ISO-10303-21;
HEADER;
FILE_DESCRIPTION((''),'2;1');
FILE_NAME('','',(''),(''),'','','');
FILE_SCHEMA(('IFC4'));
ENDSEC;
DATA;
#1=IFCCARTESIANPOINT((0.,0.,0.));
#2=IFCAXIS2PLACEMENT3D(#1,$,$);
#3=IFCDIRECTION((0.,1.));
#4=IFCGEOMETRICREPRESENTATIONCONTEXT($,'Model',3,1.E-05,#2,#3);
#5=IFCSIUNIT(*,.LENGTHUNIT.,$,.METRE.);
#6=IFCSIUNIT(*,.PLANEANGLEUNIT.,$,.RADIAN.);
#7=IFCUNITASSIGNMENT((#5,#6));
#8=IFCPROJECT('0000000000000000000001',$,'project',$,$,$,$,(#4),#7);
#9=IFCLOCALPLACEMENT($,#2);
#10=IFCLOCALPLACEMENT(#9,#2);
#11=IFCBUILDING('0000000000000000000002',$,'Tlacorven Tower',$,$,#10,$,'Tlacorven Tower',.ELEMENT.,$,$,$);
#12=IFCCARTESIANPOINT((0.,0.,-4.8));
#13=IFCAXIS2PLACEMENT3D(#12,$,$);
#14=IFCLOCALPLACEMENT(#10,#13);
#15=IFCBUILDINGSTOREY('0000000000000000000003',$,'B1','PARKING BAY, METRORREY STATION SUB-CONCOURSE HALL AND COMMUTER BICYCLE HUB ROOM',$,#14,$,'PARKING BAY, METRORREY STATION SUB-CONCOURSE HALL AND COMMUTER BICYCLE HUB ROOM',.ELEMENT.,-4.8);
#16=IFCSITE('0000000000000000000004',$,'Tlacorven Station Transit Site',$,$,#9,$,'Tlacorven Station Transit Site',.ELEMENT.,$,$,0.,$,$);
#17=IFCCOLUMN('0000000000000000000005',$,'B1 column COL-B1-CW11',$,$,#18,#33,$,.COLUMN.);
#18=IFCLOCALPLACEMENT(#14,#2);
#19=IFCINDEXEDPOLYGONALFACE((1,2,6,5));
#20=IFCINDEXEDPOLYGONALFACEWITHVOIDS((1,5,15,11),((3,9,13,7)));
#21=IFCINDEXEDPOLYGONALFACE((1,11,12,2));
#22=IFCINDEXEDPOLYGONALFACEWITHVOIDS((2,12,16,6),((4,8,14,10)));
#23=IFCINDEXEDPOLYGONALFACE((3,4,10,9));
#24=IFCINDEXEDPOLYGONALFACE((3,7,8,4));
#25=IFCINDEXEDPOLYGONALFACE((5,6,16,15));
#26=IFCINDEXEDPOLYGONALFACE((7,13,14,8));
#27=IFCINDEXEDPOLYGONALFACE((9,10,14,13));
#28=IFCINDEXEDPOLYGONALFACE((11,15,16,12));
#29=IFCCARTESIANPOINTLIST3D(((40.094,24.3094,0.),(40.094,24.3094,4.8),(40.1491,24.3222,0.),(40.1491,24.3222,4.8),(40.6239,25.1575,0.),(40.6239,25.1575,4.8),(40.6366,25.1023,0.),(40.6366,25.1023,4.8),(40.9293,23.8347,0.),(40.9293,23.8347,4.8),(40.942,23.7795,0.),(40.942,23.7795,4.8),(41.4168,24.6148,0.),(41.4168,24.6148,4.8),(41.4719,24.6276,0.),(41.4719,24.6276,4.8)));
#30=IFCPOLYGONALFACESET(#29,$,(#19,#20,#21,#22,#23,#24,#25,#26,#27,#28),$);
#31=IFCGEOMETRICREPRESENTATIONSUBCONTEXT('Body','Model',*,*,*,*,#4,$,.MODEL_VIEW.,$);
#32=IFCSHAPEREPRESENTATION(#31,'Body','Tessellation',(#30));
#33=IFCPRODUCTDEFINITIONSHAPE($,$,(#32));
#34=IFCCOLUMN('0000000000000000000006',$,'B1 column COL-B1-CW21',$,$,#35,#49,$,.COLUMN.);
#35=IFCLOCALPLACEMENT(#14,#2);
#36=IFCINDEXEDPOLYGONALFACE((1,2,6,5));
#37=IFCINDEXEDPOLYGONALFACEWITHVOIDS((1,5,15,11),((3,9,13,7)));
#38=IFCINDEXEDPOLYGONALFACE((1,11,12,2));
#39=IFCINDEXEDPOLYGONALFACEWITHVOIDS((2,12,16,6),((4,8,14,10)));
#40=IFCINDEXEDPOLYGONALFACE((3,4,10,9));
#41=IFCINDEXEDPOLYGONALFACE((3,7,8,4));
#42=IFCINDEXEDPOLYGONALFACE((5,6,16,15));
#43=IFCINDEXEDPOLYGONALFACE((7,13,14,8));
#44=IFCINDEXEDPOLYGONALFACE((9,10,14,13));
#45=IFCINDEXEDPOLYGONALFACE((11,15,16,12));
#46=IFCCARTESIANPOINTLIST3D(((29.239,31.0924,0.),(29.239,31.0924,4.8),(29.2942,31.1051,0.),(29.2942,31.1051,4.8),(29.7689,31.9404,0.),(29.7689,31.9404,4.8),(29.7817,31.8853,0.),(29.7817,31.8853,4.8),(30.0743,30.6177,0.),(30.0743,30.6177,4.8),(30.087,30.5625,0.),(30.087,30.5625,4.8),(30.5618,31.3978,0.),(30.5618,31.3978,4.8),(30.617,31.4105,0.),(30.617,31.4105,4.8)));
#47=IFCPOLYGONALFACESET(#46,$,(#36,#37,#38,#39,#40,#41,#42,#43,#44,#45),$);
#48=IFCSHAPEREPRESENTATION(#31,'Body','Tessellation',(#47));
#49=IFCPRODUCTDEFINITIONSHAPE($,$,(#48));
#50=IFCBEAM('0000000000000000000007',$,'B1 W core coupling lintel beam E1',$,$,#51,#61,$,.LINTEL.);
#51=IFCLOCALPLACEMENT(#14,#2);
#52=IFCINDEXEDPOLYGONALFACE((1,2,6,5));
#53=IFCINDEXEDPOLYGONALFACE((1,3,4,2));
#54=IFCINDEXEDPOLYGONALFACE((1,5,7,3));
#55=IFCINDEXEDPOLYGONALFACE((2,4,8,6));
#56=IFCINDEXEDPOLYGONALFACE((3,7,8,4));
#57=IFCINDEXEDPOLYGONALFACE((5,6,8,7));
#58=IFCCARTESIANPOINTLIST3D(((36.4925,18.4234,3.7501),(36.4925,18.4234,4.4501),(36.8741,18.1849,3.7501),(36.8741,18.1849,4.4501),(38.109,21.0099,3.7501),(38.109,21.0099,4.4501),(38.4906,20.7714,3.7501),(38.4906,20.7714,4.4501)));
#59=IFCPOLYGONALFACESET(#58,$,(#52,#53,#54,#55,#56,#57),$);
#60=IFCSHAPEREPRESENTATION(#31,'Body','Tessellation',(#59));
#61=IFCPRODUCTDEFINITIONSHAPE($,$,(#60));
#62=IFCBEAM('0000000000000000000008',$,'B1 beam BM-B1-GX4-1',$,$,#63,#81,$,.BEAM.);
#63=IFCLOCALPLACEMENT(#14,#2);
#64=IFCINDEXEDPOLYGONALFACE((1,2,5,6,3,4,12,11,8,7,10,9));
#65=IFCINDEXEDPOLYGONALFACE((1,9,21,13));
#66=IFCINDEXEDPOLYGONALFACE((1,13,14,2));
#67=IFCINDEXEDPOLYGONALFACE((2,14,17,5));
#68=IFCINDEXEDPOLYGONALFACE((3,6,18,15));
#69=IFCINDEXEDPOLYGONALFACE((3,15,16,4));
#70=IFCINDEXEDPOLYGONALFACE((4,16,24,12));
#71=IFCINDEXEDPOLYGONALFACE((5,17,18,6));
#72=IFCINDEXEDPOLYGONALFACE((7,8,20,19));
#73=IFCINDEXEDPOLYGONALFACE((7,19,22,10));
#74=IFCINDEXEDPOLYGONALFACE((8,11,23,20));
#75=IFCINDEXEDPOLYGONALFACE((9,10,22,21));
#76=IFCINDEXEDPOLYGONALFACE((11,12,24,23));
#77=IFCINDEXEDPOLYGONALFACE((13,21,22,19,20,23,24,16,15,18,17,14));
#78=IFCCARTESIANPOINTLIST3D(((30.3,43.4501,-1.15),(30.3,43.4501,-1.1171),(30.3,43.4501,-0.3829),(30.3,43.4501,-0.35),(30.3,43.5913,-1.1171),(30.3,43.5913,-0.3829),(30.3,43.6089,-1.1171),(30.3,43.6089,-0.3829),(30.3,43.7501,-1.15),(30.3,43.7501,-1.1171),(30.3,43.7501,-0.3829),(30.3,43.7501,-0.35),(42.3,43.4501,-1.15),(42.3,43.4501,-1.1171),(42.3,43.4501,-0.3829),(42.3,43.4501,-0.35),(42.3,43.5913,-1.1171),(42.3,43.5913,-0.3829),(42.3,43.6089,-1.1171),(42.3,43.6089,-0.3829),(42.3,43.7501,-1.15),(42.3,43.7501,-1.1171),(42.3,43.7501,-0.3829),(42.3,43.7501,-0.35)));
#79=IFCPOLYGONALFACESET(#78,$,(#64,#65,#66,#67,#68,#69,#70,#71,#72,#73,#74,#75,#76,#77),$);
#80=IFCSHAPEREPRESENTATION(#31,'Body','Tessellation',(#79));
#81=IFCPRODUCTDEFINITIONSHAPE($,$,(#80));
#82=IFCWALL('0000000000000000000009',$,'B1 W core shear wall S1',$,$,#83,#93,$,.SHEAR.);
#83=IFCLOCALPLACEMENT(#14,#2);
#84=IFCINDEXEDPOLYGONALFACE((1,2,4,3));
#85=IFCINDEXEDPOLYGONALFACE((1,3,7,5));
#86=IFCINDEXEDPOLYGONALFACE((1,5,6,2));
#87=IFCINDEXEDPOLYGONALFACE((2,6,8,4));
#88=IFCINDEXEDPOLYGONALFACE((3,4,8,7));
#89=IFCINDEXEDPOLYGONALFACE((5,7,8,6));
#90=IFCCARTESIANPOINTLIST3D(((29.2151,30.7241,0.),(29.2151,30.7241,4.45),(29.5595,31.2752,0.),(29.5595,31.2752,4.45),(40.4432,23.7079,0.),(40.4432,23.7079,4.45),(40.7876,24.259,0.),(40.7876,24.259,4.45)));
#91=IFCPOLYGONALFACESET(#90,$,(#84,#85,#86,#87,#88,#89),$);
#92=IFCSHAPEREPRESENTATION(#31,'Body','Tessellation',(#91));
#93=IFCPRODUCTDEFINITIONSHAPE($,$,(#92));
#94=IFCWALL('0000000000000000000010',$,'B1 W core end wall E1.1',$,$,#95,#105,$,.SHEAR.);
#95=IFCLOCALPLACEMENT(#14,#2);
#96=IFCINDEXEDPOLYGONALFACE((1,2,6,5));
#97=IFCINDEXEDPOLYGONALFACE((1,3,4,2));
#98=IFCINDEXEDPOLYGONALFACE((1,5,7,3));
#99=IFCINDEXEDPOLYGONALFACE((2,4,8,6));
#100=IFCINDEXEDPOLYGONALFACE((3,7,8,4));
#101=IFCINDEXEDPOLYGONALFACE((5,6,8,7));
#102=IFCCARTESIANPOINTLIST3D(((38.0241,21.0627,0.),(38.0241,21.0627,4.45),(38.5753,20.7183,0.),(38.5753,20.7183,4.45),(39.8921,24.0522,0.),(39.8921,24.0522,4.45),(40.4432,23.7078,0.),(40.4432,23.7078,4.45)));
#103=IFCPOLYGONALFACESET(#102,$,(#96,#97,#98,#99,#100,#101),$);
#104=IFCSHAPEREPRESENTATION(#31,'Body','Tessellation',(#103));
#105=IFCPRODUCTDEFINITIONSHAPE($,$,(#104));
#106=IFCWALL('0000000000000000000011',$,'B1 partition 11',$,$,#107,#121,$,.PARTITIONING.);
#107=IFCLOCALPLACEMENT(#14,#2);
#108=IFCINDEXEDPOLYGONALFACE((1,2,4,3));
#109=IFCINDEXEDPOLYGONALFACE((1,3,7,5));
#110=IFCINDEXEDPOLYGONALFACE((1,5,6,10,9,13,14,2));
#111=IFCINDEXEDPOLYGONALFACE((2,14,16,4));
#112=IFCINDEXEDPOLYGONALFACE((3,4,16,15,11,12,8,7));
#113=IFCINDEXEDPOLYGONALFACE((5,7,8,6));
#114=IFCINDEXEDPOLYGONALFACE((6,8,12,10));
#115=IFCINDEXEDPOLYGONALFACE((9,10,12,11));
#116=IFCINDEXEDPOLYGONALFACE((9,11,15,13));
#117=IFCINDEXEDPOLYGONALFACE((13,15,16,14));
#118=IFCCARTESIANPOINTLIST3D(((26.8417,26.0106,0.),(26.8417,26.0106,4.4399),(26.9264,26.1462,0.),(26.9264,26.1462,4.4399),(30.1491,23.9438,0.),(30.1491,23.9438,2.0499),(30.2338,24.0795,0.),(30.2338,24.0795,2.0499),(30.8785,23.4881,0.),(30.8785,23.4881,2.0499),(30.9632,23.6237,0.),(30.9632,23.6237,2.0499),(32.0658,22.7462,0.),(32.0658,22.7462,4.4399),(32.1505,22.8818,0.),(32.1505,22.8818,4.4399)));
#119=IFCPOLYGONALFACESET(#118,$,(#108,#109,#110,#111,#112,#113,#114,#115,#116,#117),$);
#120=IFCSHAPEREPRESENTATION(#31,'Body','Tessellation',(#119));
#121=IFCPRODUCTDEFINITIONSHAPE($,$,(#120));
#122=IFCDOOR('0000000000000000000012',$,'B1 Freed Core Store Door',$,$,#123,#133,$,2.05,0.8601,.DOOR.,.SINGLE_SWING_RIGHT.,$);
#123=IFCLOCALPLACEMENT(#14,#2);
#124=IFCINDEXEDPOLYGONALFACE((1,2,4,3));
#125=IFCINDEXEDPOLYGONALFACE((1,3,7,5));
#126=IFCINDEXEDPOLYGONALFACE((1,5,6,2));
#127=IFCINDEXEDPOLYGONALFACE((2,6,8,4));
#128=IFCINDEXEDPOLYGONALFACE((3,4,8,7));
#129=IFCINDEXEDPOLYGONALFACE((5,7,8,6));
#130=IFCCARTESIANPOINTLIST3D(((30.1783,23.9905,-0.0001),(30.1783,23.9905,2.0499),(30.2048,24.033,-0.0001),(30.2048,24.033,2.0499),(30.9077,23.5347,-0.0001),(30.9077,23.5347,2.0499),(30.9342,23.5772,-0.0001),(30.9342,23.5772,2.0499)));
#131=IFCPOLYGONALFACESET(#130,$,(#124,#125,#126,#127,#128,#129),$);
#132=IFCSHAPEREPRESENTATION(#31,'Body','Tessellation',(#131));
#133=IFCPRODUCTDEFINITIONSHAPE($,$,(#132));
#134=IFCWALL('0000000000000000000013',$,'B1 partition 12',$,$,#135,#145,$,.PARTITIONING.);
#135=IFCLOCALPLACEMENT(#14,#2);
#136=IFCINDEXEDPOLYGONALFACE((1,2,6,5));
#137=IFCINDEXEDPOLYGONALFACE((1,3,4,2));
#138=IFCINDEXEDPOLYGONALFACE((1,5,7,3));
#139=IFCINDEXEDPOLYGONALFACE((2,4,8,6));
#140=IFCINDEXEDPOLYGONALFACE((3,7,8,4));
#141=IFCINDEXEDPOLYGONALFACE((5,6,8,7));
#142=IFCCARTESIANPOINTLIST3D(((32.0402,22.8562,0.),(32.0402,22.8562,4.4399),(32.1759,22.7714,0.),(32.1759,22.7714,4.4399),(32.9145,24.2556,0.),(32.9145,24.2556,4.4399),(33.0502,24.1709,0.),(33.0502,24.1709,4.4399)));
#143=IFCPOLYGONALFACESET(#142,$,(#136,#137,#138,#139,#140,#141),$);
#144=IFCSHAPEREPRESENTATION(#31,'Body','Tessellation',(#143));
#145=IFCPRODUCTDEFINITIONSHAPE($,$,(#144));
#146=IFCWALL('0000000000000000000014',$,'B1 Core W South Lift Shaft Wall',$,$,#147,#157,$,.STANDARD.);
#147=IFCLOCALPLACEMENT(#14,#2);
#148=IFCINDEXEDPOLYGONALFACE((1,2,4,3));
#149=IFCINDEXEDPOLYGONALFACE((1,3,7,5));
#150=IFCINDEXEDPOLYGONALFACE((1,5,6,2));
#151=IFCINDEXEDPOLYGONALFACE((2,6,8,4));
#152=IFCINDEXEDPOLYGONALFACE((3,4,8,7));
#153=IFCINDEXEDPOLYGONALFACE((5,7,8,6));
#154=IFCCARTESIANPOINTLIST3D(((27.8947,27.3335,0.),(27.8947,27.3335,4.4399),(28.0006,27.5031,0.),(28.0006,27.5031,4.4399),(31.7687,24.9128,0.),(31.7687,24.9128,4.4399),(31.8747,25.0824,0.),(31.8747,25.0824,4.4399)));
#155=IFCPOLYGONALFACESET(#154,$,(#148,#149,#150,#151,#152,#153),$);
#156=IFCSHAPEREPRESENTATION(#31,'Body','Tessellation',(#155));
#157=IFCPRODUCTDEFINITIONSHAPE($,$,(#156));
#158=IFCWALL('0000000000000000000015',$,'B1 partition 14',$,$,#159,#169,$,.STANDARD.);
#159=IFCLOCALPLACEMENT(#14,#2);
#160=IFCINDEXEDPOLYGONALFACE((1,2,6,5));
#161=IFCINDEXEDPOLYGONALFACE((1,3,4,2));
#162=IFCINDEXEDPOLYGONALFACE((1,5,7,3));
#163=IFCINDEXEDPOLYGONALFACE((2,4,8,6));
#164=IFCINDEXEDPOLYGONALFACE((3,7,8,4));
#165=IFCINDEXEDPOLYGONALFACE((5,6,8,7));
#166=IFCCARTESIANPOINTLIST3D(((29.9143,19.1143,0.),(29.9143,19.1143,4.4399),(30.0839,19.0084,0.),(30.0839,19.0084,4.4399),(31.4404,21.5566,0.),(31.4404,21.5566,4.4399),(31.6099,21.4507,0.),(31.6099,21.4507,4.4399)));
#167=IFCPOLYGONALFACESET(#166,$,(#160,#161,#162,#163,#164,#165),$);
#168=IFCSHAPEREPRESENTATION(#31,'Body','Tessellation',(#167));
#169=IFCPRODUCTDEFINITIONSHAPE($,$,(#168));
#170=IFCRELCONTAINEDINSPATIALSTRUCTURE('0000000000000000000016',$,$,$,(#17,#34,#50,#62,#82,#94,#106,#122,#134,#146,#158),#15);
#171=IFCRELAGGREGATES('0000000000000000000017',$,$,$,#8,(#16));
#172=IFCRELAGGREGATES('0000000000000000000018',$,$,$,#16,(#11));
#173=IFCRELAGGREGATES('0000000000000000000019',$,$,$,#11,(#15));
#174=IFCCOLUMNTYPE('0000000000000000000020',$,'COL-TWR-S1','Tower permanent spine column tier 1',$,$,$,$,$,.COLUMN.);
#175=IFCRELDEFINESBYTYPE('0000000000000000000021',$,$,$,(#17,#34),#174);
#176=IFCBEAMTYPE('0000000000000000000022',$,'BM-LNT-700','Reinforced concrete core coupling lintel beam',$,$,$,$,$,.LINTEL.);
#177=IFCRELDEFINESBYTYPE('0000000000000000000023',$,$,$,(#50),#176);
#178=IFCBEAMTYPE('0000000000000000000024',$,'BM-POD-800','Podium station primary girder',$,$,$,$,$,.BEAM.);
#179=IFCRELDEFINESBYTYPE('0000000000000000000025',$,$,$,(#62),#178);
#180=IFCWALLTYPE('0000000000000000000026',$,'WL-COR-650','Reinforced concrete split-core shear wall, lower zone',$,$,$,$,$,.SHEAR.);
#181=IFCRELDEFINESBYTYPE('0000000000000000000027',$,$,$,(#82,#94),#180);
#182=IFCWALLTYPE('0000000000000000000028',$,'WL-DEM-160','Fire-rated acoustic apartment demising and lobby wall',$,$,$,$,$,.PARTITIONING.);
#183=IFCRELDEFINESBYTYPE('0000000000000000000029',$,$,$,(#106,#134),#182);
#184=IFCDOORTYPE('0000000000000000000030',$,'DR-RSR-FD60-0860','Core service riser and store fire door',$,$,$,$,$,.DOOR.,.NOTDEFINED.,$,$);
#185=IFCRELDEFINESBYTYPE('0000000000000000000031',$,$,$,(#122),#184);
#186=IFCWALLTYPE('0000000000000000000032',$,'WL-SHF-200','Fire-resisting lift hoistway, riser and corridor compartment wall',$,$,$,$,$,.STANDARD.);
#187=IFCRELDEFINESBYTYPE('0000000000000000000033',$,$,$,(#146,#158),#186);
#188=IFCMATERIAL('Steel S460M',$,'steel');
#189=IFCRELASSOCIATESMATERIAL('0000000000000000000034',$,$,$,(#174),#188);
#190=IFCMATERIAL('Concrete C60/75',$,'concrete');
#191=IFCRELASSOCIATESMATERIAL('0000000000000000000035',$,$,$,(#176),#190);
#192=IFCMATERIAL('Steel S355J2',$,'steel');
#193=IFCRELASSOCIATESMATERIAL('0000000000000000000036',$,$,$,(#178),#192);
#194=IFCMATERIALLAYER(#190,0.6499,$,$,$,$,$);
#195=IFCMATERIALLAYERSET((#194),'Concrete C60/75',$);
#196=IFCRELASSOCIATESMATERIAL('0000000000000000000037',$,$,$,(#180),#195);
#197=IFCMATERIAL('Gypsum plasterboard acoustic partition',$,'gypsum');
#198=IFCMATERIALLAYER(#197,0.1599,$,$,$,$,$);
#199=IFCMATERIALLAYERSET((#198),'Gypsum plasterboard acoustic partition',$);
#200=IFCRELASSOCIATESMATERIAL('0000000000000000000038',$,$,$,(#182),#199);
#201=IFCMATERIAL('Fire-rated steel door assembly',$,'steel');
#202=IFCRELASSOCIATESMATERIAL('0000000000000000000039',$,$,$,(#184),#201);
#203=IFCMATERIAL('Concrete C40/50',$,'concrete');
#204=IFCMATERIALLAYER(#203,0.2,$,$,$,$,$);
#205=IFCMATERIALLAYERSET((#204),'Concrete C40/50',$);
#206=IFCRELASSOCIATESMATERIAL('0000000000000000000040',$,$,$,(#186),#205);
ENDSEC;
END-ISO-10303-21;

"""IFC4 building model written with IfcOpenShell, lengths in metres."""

from ifc_helpers import new_model, si_unit, direction, frame, frame_2d, origin, origin_2d, place, context, subcontext, project, spatial, rectangle, hollow_rectangle, i_section, extrude, source, transform, mapped, material, layer, layer_set, material_profile, profile_set, type_object, element, fill, save


model = new_model("IFC4")

# Units and contexts
model_context = context("Model", 3, precision=1e-05, world=origin(), true_north=direction((0.0, 1.0)))
body_context = subcontext(model_context, "Body", "Model", "MODEL_VIEW")
ifc_project = project(units=[si_unit("LENGTHUNIT", "METRE"), si_unit("PLANEANGLEUNIT", "RADIAN")], contexts=[model_context])

# Site, building, storey
site_placement = place(None, origin())
site = spatial("IfcSite", under=ifc_project, at=site_placement, Name="Tlacorven Station Transit Site", LongName="Tlacorven Station Transit Site", CompositionType="ELEMENT", RefElevation=0.0)
building_placement = place(site_placement, origin())
building = spatial("IfcBuilding", under=site, at=building_placement, Name="Tlacorven Tower", LongName="Tlacorven Tower", CompositionType="ELEMENT")
storey_placement = place(building_placement, frame((0.0, 0.0, -4.8)))
storey = spatial("IfcBuildingStorey", under=building, at=storey_placement, Name="B1", Description="PARKING BAY, METRORREY STATION SUB-CONCOURSE HALL AND COMMUTER BICYCLE HUB ROOM", LongName="PARKING BAY, METRORREY STATION SUB-CONCOURSE HALL AND COMMUTER BICYCLE HUB ROOM", CompositionType="ELEMENT", Elevation=-4.8)

# Columns
ifc_material_1 = material(Name="Steel S460M", Category="steel")
ifc_material_profile_1 = material_profile(ifc_material_1, hollow_rectangle(XDim=1.0, YDim=1.0, WallThickness=0.04, at=origin_2d()), Name="BOX 1000X1000X40")
ifc_profile_set_1 = profile_set([ifc_material_profile_1], Name="Steel S460M")
column_type = type_object("IfcColumnType", Name="COL-TWR-S1", Description="Tower permanent spine column tier 1", PredefinedType="COLUMN", material=ifc_profile_set_1)
shared_shape_1 = source(origin(), body_context, "Body", "SweptSolid", [
    extrude(hollow_rectangle(XDim=1.0, YDim=1.0, WallThickness=0.04, at=origin_2d()), origin(), (0.0, 0.0, 1.0), 4.8),
])
for number, where, z_axis, x_axis, name in (
    (1, (40.783, 24.4685, 0.0), (0.0, 0.0, 1.0), (-0.848048, 0.529919, 0.0), "B1 column COL-B1-CW11"),
    (2, (29.928, 31.2515, 0.0), (0.0, 0.0, 1.0), (-0.848048, 0.529919, 0.0), "B1 column COL-B1-CW21"),
):
    element("IfcColumn", number, at=place(storey_placement, frame(where, z_axis=z_axis, x_axis=x_axis)), inside=storey, type_object=column_type, Name=name, PredefinedType="COLUMN", context=body_context, shape_type="MappedRepresentation", body=[
        mapped(shared_shape_1, transform((0.0, 0.0, 0.0), scale=1.0)),
    ])

# Beams
ifc_material_2 = material(Name="Concrete C60/75", Category="concrete")
ifc_material_profile_2 = material_profile(ifc_material_2, rectangle(XDim=0.45, YDim=0.7, at=origin_2d()), Name="RC 450X700")
ifc_profile_set_2 = profile_set([ifc_material_profile_2], Name="Concrete C60/75")
beam_type_1 = type_object("IfcBeamType", Name="BM-LNT-700", Description="Reinforced concrete core coupling lintel beam", PredefinedType="LINTEL", material=ifc_profile_set_2)
shared_shape_2 = source(origin(), body_context, "Body", "SweptSolid", [
    extrude(rectangle(XDim=0.45, YDim=0.7, at=origin_2d()), origin(), (0.0, 0.0, 1.0), 3.05),
])
beam_1_placement = place(storey_placement, frame((38.2998, 20.8906, 4.1001), z_axis=(-0.529985, -0.848007, 0.0), x_axis=(0.848007, -0.529985, 0.0)))
element("IfcBeam", 3, at=beam_1_placement, inside=storey, type_object=beam_type_1, Name="B1 W core coupling lintel beam E1", PredefinedType="LINTEL", context=body_context, shape_type="MappedRepresentation", body=[
    mapped(shared_shape_2, transform((0.0, 0.0, 0.0), scale=1.0)),
])
ifc_material_3 = material(Name="Steel S355J2", Category="steel")
ifc_material_profile_3 = material_profile(ifc_material_3, i_section(OverallWidth=0.3, OverallDepth=0.8, WebThickness=0.0176, FlangeThickness=0.033, at=origin_2d()), Name="HEB 800")
ifc_profile_set_3 = profile_set([ifc_material_profile_3], Name="Steel S355J2")
beam_type_2 = type_object("IfcBeamType", Name="BM-POD-800", Description="Podium station primary girder", PredefinedType="BEAM", material=ifc_profile_set_3)
shared_shape_3 = source(origin(), body_context, "Body", "SweptSolid", [
    extrude(i_section(OverallWidth=0.3, OverallDepth=0.8, WebThickness=0.0176, FlangeThickness=0.033, at=origin_2d()), origin(), (0.0, 0.0, 1.0), 12.0),
])
beam_2_placement = place(storey_placement, frame((30.3, 43.6001, -0.75), z_axis=(1.0, 0.0, 0.0), x_axis=(0.0, 1.0, 0.0)))
element("IfcBeam", 4, at=beam_2_placement, inside=storey, type_object=beam_type_2, Name="B1 beam BM-B1-GX4-1", PredefinedType="BEAM", context=body_context, shape_type="MappedRepresentation", body=[
    mapped(shared_shape_3, transform((0.0, 0.0, 0.0), scale=1.0)),
])

# Walls
ifc_layer_1 = layer(ifc_material_2, 0.6499)
ifc_layer_set_1 = layer_set([ifc_layer_1], Name="Concrete C60/75")
wall_type_1 = type_object("IfcWallType", Name="WL-COR-650", Description="Reinforced concrete split-core shear wall, lower zone", PredefinedType="SHEAR", material=ifc_layer_set_1)
wall_1_placement = place(storey_placement, frame((40.6155, 23.9834, 0.0), z_axis=(0.0, 0.0, 1.0), x_axis=(-0.848046, 0.529923, 0.0)))
element("IfcWall", 5, at=wall_1_placement, inside=storey, type_object=wall_type_1, Name="B1 W core shear wall S1", PredefinedType="SHEAR", context=body_context, shape_type="SweptSolid", body=[
    extrude(rectangle(XDim=13.24, YDim=0.6499, at=frame_2d((6.6201, 0.0))), origin(), (0.0, 0.0, 1.0), 4.45),
])
wall_2_placement = place(storey_placement, frame((40.1677, 23.8801, 0.0), z_axis=(0.0, 0.0, 1.0), x_axis=(-0.529893, -0.848064, 0.0)))
element("IfcWall", 6, at=wall_2_placement, inside=storey, type_object=wall_type_1, Name="B1 W core end wall E1.1", PredefinedType="SHEAR", context=body_context, shape_type="SweptSolid", body=[
    extrude(rectangle(XDim=3.5251, YDim=0.6499, at=frame_2d((1.7627, 0.0))), origin(), (0.0, 0.0, 1.0), 4.45),
])

# Wall, opening, door
ifc_material_4 = material(Name="Gypsum plasterboard acoustic partition", Category="gypsum")
ifc_layer_2 = layer(ifc_material_4, 0.1599)
ifc_layer_set_2 = layer_set([ifc_layer_2], Name="Gypsum plasterboard acoustic partition")
wall_type_2 = type_object("IfcWallType", Name="WL-DEM-160", Description="Fire-rated acoustic apartment demising and lobby wall", PredefinedType="PARTITIONING", material=ifc_layer_set_2)
wall_3_placement = place(storey_placement, frame((32.1082, 22.814, 0.0), z_axis=(0.0, 0.0, 1.0), x_axis=(-0.848047, 0.529921, 0.0)))
wall_3 = element("IfcWall", 7, at=wall_3_placement, inside=storey, type_object=wall_type_2, Name="B1 partition 11", PredefinedType="PARTITIONING", context=body_context, shape_type="SweptSolid", body=[
    extrude(rectangle(XDim=6.1602, YDim=0.1599, at=frame_2d((3.0801, 0.0))), origin(), (0.0, 0.0, 1.0), 4.4399),
])
opening_1_placement = place(wall_3_placement, frame((1.3999, 0.0, 0.0)))
opening_1 = element("IfcOpeningElement", 8, at=opening_1_placement, cuts=wall_3, PredefinedType="OPENING", context=body_context, shape_type="SweptSolid", body=[
    extrude(rectangle(XDim=0.8601, YDim=2.05, at=frame_2d((0.4302, 1.0249))), frame((0.0, 0.0898, 0.0), z_axis=(0.0, -1.0, 0.0), x_axis=(1.0, 0.0, 0.0)), (0.0, 0.0, 1.0), 0.1799),
])
ifc_material_5 = material(Name="Fire-rated steel door assembly", Category="steel")
door_type_1 = type_object("IfcDoorType", Name="DR-RSR-FD60-0860", Description="Core service riser and store fire door", OperationType="NOTDEFINED", PredefinedType="DOOR", material=ifc_material_5)
shared_shape_4 = source(origin(), body_context, "Body", "SweptSolid", [
    extrude(rectangle(XDim=0.8601, YDim=2.05, at=frame_2d((0.4302, 1.0249))), frame((0.0, 0.0249, 0.0), z_axis=(0.0, -1.0, 0.0), x_axis=(1.0, 0.0, 0.0)), (0.0, 0.0, 1.0), 0.05),
])
door_1_placement = place(opening_1_placement, origin())
door_1 = element("IfcDoor", 9, at=door_1_placement, inside=storey, type_object=door_type_1, Name="B1 Freed Core Store Door", OperationType="SINGLE_SWING_RIGHT", OverallHeight=2.05, OverallWidth=0.8601, PredefinedType="DOOR", context=body_context, shape_type="MappedRepresentation", body=[
    mapped(shared_shape_4, transform((0.0, 0.0, 0.0), scale=1.0)),
])
fill(opening_1, door_1)

# Walls
wall_4_placement = place(storey_placement, frame((32.9824, 24.2134, 0.0), z_axis=(0.0, 0.0, 1.0), x_axis=(-0.529839, -0.848098, 0.0)))
element("IfcWall", 10, at=wall_4_placement, inside=storey, type_object=wall_type_2, Name="B1 partition 12", PredefinedType="PARTITIONING", context=body_context, shape_type="SweptSolid", body=[
    extrude(rectangle(XDim=1.6501, YDim=0.1599, at=frame_2d((0.8252, 0.0))), origin(), (0.0, 0.0, 1.0), 4.4399),
])
ifc_material_6 = material(Name="Concrete C40/50", Category="concrete")
ifc_layer_3 = layer(ifc_material_6, 0.2)
ifc_layer_set_3 = layer_set([ifc_layer_3], Name="Concrete C40/50")
wall_type_3 = type_object("IfcWallType", Name="WL-SHF-200", Description="Fire-resisting lift hoistway, riser and corridor compartment wall", PredefinedType="STANDARD", material=ifc_layer_set_3)
wall_5_placement = place(storey_placement, frame((31.8218, 24.9976, 0.0), z_axis=(0.0, 0.0, 1.0), x_axis=(-0.848058, 0.529903, 0.0)))
element("IfcWall", 11, at=wall_5_placement, inside=storey, type_object=wall_type_3, Name="B1 Core W South Lift Shaft Wall", PredefinedType="STANDARD", context=body_context, shape_type="SweptSolid", body=[
    extrude(rectangle(XDim=4.5681, YDim=0.2, at=frame_2d((2.2842, 0.0))), origin(), (0.0, 0.0, 1.0), 4.4399),
])
wall_6_placement = place(storey_placement, frame((31.5251, 21.5037, 0.0), z_axis=(0.0, 0.0, 1.0), x_axis=(-0.529907, -0.848055, 0.0)))
element("IfcWall", 12, at=wall_6_placement, inside=storey, type_object=wall_type_3, Name="B1 partition 14", PredefinedType="STANDARD", context=body_context, shape_type="SweptSolid", body=[
    extrude(rectangle(XDim=2.8799, YDim=0.2, at=frame_2d((1.4399, 0.0))), origin(), (0.0, 0.0, 1.0), 4.4399),
])

save(model, "model.ifc")
